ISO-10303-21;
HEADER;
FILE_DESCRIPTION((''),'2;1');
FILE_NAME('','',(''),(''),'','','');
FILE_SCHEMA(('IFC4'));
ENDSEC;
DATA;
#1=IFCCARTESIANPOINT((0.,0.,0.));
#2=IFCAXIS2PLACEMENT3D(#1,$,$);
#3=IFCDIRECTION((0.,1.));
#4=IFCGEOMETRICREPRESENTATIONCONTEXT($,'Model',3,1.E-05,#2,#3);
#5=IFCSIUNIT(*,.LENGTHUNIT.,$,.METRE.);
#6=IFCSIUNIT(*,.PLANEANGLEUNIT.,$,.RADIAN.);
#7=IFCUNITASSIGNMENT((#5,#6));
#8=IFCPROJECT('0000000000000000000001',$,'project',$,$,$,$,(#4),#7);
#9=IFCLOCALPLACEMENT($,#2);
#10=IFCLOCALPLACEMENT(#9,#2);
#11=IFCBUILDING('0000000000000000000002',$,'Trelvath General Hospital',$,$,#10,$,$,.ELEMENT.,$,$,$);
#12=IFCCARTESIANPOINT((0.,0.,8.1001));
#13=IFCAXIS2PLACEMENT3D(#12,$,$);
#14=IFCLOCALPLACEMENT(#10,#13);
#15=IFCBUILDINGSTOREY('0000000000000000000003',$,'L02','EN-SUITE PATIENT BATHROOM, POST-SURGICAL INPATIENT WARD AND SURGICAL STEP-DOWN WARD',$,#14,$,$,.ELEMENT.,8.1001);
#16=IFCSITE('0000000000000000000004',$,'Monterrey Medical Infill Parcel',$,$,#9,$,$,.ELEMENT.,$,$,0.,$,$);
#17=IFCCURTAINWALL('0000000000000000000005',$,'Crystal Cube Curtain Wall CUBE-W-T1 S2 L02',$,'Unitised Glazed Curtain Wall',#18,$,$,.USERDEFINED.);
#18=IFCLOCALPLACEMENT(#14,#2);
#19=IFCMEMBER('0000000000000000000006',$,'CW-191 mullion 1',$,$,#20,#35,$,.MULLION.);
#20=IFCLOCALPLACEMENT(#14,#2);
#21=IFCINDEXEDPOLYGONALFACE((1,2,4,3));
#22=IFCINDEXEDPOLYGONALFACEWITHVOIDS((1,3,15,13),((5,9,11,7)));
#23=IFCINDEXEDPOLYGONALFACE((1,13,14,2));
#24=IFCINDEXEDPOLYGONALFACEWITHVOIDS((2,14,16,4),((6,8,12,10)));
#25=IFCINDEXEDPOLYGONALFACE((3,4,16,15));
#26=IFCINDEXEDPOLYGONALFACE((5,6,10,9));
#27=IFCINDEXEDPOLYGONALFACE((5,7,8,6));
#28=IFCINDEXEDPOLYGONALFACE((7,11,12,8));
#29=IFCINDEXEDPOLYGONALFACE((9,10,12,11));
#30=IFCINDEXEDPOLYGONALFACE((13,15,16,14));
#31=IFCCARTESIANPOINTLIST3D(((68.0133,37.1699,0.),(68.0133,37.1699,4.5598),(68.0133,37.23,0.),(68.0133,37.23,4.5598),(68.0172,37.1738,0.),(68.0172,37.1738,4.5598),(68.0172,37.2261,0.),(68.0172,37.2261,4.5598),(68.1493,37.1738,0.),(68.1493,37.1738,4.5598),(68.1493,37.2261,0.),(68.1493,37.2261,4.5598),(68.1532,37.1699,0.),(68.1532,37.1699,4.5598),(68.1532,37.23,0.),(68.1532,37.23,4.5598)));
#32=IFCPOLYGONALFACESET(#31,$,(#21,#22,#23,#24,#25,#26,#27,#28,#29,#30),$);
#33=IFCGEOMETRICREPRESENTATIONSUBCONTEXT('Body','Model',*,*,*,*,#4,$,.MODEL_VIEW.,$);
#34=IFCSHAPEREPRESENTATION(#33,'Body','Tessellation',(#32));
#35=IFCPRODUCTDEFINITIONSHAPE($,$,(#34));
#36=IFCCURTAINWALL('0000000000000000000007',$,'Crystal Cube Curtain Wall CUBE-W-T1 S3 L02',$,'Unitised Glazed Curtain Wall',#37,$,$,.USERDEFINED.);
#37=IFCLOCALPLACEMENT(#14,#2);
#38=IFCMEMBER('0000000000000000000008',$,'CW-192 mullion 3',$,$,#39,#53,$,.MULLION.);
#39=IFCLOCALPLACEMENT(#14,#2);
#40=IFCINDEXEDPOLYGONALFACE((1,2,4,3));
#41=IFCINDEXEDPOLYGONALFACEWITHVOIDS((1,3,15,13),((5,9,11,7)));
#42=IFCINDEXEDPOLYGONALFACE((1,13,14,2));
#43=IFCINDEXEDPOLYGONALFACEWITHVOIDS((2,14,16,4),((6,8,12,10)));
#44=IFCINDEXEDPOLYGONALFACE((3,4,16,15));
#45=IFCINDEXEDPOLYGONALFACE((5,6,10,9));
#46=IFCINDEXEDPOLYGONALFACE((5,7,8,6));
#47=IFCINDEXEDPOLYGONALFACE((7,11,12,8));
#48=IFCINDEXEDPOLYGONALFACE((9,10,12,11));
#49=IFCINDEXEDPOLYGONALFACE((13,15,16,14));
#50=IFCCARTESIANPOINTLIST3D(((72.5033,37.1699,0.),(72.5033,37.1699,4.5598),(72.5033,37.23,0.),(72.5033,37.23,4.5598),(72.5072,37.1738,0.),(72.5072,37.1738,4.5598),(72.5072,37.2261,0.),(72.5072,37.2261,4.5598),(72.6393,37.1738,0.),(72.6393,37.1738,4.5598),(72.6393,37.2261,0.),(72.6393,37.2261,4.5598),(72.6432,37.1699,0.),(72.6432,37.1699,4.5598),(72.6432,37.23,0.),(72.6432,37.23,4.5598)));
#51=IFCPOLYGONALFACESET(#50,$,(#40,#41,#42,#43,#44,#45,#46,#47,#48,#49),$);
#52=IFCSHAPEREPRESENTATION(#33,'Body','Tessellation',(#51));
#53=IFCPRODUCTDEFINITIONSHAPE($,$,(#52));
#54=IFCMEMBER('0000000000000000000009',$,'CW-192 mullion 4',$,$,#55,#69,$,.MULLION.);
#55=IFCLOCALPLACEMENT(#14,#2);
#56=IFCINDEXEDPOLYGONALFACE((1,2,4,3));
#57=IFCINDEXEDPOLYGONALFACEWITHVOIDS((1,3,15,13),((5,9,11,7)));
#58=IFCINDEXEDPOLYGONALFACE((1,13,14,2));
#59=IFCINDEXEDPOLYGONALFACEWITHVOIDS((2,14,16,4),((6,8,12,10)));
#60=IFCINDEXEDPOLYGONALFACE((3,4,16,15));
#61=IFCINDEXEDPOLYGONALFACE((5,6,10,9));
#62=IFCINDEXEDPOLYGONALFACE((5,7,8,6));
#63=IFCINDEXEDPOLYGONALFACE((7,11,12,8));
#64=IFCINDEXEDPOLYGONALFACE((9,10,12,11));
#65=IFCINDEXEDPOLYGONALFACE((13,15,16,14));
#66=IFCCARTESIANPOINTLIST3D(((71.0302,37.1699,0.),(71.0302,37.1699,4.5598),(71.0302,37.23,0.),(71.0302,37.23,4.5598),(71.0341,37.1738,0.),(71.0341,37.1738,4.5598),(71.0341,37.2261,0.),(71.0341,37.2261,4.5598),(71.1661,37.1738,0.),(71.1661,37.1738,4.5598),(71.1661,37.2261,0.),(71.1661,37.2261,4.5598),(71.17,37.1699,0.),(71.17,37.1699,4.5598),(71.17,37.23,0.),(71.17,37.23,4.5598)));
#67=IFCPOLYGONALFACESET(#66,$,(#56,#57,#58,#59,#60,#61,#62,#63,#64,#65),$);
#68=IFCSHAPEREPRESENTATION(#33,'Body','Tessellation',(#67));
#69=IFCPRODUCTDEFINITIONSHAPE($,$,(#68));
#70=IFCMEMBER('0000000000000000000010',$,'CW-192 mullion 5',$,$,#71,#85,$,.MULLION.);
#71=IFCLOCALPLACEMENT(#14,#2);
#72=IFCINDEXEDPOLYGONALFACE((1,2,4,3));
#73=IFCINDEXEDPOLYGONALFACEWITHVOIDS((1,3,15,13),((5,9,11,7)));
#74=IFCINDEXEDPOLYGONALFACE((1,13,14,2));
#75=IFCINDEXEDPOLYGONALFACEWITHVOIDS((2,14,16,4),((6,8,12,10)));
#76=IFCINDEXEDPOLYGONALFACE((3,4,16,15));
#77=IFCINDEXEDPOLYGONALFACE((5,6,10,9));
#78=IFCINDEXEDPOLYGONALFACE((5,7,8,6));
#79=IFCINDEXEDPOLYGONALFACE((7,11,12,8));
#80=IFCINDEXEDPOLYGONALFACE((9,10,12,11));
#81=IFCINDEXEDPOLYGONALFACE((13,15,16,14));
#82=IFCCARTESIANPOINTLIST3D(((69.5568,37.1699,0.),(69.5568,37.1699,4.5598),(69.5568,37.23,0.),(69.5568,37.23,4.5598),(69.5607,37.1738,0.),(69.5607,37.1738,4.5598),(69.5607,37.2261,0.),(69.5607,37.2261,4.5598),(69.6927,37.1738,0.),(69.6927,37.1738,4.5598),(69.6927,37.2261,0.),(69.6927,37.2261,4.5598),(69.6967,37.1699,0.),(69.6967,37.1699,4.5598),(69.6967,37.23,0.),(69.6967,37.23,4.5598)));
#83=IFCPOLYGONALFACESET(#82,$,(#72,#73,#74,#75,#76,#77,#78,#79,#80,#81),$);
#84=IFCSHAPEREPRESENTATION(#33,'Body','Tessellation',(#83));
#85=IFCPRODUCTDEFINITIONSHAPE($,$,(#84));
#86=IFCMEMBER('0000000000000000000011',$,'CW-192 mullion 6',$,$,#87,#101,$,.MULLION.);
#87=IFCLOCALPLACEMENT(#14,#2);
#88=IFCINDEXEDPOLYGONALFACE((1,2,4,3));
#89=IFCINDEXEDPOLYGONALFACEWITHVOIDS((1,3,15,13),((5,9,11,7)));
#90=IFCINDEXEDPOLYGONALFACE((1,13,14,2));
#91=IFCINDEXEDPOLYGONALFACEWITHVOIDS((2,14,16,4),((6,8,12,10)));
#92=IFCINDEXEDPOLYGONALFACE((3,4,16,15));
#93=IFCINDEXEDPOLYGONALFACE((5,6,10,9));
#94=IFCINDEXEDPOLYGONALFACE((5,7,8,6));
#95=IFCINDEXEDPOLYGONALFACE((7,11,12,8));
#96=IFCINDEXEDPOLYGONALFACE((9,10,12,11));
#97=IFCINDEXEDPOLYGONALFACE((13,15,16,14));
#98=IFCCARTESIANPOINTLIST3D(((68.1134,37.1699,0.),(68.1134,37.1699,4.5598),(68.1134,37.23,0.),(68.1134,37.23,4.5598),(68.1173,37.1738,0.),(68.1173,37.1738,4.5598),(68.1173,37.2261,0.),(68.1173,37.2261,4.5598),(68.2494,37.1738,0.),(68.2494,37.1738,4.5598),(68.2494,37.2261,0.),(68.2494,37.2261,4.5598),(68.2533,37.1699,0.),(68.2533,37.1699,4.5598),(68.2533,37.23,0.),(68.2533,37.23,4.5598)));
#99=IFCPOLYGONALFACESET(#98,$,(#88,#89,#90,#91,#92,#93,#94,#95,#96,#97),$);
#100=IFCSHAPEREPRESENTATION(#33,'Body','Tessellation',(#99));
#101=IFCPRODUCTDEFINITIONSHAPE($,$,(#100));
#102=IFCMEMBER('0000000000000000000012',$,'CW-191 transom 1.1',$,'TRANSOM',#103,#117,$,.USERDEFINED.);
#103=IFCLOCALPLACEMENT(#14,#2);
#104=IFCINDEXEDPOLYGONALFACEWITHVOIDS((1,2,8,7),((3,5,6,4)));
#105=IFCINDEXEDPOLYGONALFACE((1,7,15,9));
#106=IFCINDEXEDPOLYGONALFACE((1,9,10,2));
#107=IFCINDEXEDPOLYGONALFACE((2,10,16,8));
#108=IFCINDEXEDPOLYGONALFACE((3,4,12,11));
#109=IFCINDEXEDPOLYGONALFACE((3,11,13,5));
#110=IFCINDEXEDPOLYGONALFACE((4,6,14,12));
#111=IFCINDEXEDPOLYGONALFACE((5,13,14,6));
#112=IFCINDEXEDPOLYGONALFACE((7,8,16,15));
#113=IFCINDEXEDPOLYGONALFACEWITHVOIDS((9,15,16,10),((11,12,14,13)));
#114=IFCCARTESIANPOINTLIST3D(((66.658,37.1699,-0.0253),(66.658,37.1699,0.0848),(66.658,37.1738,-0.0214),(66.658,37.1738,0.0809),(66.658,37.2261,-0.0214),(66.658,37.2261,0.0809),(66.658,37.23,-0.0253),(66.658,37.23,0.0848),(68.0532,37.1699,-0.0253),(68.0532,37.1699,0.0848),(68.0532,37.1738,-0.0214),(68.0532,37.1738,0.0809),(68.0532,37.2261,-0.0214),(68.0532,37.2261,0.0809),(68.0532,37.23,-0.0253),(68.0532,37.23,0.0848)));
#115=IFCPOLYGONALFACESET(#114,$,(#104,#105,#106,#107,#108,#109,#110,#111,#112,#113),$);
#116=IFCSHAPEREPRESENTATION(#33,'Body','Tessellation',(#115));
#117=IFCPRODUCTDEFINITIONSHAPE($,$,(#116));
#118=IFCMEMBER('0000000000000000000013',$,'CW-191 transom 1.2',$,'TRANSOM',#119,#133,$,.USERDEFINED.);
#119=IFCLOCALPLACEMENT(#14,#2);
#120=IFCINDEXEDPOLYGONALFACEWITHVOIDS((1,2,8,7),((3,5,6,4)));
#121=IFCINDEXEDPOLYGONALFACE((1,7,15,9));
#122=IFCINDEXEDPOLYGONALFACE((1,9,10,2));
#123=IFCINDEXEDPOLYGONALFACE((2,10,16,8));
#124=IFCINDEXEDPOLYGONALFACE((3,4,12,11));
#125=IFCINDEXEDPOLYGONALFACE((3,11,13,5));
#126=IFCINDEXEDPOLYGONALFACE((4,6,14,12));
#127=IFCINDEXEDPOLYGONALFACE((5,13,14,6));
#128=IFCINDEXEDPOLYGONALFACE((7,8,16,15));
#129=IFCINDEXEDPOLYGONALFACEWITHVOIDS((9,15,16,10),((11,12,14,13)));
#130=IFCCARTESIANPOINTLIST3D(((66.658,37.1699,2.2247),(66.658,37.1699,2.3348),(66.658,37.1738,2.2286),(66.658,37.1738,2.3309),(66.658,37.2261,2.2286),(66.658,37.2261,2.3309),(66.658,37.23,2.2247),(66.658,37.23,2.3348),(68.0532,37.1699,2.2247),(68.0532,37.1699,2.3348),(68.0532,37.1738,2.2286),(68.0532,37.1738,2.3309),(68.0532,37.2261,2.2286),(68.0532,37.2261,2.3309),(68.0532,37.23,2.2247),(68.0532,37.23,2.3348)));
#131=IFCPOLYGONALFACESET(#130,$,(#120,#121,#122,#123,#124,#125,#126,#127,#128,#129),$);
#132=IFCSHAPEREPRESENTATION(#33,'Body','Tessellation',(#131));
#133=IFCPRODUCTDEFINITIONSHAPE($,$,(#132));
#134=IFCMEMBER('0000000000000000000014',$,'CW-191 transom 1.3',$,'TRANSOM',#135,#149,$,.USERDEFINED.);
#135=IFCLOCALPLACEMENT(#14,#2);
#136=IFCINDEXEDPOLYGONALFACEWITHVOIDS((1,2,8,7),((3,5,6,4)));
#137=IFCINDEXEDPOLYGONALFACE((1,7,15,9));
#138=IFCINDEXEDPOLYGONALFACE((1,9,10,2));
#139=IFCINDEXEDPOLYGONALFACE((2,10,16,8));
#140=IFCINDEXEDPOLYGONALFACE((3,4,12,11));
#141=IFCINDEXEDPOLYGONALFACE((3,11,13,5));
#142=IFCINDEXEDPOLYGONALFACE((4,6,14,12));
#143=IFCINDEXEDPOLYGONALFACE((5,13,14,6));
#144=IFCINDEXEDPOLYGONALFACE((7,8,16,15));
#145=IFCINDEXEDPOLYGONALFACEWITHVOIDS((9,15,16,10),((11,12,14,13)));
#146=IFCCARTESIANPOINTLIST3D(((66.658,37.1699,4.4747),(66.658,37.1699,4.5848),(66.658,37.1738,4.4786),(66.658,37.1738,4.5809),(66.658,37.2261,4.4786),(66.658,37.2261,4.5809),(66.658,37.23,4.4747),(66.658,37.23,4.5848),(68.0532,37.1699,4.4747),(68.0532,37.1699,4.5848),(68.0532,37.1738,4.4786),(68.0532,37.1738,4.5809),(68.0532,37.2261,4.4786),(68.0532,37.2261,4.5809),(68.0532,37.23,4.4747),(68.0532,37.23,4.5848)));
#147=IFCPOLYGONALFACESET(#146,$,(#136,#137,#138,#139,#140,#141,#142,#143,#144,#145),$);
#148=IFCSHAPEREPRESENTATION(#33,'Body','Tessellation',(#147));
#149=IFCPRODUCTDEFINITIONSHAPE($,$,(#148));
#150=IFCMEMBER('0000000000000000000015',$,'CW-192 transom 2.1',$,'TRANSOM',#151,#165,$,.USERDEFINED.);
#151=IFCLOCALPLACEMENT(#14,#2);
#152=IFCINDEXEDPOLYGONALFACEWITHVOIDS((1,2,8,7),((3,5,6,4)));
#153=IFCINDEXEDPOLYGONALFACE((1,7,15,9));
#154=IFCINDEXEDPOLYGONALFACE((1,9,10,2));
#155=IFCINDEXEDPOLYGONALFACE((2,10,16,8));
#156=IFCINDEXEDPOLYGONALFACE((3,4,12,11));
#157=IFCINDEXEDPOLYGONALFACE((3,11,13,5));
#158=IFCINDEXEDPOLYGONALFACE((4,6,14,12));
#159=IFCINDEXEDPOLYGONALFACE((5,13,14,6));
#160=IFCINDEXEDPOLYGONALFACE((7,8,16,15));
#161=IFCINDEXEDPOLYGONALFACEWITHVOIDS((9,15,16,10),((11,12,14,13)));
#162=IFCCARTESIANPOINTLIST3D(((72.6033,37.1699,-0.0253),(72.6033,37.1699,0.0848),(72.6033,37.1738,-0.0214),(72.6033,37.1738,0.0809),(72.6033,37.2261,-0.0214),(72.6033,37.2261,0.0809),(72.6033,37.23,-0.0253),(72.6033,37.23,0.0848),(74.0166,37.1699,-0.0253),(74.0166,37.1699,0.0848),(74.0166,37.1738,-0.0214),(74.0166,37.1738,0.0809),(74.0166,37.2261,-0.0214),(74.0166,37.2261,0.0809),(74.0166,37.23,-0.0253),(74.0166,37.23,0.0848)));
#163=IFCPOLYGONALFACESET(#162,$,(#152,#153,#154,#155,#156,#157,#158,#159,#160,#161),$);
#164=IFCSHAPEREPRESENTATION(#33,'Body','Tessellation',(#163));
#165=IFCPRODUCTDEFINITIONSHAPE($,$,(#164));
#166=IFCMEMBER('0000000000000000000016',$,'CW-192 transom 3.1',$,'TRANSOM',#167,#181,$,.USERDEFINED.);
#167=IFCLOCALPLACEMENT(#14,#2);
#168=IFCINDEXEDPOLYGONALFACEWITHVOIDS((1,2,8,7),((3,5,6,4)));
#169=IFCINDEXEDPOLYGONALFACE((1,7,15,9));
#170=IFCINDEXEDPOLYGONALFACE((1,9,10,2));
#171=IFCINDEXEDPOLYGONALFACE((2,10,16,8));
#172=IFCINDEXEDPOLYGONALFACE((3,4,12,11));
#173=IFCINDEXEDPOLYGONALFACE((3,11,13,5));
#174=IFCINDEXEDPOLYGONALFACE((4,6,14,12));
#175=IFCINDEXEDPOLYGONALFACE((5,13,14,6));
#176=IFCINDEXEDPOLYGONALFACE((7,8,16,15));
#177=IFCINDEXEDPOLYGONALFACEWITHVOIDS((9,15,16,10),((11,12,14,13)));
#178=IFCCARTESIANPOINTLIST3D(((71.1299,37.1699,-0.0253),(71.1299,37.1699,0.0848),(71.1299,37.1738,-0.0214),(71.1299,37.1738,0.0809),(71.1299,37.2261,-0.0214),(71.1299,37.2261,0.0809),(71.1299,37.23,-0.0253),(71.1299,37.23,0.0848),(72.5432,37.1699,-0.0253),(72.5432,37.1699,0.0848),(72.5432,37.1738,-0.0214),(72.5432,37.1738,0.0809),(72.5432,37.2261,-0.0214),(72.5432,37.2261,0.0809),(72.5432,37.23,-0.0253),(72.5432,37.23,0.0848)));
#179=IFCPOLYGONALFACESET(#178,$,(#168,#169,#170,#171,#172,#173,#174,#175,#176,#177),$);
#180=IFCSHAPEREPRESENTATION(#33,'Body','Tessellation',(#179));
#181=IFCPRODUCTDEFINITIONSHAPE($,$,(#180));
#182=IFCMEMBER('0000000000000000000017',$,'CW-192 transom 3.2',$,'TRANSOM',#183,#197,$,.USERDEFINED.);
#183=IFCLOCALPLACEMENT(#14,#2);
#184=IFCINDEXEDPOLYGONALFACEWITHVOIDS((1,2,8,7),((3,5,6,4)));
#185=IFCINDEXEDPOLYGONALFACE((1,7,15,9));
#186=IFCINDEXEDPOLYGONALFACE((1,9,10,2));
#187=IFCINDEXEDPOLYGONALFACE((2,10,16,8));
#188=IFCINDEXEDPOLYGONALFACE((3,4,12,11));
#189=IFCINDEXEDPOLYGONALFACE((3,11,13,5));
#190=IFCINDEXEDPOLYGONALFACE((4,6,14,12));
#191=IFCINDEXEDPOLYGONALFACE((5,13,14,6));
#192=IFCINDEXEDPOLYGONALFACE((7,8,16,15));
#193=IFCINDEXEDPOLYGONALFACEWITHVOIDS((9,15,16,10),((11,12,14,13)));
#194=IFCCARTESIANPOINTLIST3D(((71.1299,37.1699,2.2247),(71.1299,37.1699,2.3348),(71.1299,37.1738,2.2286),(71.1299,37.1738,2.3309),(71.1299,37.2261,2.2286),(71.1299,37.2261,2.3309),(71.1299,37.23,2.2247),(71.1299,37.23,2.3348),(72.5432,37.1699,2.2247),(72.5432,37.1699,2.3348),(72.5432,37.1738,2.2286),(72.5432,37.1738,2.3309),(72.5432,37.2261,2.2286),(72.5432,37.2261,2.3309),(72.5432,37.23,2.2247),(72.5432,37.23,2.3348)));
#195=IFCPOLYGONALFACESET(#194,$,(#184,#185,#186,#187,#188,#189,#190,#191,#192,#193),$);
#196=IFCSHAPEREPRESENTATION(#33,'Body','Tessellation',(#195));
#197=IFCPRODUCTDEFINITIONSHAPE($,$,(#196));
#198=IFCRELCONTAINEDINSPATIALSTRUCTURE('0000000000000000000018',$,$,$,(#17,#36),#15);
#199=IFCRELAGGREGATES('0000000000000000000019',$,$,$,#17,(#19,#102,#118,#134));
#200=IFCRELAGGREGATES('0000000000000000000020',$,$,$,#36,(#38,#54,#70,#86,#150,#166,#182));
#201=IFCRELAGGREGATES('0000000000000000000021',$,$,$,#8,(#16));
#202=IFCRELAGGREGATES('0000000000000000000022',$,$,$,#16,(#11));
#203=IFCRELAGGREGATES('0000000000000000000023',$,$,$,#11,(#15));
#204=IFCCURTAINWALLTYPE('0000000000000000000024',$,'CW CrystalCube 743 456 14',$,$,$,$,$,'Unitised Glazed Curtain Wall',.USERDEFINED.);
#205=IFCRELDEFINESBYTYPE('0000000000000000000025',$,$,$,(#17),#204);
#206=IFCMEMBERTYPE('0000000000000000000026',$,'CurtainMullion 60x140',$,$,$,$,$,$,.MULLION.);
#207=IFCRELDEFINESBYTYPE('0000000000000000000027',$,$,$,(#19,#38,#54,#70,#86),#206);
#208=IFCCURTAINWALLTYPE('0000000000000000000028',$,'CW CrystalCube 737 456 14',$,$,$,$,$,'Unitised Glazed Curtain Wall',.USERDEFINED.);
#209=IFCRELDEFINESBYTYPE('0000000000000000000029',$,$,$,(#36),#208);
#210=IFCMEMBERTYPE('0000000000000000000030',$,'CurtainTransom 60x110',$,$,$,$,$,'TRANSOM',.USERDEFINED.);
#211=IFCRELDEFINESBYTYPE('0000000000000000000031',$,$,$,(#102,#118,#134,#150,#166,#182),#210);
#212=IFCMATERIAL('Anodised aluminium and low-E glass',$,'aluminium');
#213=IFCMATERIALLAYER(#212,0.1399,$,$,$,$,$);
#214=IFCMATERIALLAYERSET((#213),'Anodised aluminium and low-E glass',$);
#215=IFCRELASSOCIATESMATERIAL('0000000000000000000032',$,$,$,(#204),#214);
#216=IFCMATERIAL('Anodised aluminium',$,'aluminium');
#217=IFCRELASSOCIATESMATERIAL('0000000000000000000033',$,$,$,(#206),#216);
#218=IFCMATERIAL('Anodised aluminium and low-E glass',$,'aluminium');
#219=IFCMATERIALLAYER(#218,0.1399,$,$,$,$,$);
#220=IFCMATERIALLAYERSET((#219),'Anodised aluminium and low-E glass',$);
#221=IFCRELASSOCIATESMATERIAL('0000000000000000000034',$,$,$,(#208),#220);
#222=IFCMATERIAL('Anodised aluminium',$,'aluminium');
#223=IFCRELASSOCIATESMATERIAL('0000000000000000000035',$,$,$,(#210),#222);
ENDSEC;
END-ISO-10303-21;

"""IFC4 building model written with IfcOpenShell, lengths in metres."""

from ifc_helpers import new_model, si_unit, direction, frame, origin, origin_2d, place, context, subcontext, project, spatial, hollow_rectangle, extrude, material, layer, layer_set, material_profile, profile_set, type_object, element, aggregate, save


model = new_model("IFC4")

# Units and contexts
model_context = context("Model", 3, precision=1e-05, world=origin(), true_north=direction((0.0, 1.0)))
body_context = subcontext(model_context, "Body", "Model", "MODEL_VIEW")
ifc_project = project(units=[si_unit("LENGTHUNIT", "METRE"), si_unit("PLANEANGLEUNIT", "RADIAN")], contexts=[model_context])

# Site, building, storey
site_placement = place(None, origin())
site = spatial("IfcSite", under=ifc_project, at=site_placement, Name="Monterrey Medical Infill Parcel", CompositionType="ELEMENT", RefElevation=0.0)
building_placement = place(site_placement, origin())
building = spatial("IfcBuilding", under=site, at=building_placement, Name="Trelvath General Hospital", CompositionType="ELEMENT")
storey_placement = place(building_placement, frame((0.0, 0.0, 8.1001)))
storey = spatial("IfcBuildingStorey", under=building, at=storey_placement, Name="L02", Description="EN-SUITE PATIENT BATHROOM, POST-SURGICAL INPATIENT WARD AND SURGICAL STEP-DOWN WARD", CompositionType="ELEMENT", Elevation=8.1001)

# Curtain wall, member
ifc_material_1 = material(Name="Anodised aluminium and low-E glass", Category="aluminium")
ifc_layer_1 = layer(ifc_material_1, 0.1399)
ifc_layer_set_1 = layer_set([ifc_layer_1], Name="Anodised aluminium and low-E glass")
curtain_wall_type_1 = type_object("IfcCurtainWallType", Name="CW CrystalCube 743 456 14", ElementType="Unitised Glazed Curtain Wall", PredefinedType="USERDEFINED", material=ifc_layer_set_1)
curtain_wall_1_placement = place(storey_placement, origin())
curtain_wall_1 = element("IfcCurtainWall", 1, at=curtain_wall_1_placement, inside=storey, type_object=curtain_wall_type_1, Name="Crystal Cube Curtain Wall CUBE-W-T1 S2 L02", ObjectType="Unitised Glazed Curtain Wall", PredefinedType="USERDEFINED")
ifc_material_2 = material(Name="Anodised aluminium", Category="aluminium")
ifc_material_profile_1 = material_profile(ifc_material_2, hollow_rectangle(XDim=0.0601, YDim=0.1399, WallThickness=0.0039, at=origin_2d()), Name="RHS60x140x4")
ifc_profile_set_1 = profile_set([ifc_material_profile_1], Name="Anodised aluminium")
member_type_1 = type_object("IfcMemberType", Name="CurtainMullion 60x140", PredefinedType="MULLION", material=ifc_profile_set_1)
member_1_placement = place(storey_placement, frame((68.0833, 37.2, 0.0), z_axis=(0.0, 0.0, 1.0), x_axis=(0.0, -1.0, 0.0)))
member_1 = element("IfcMember", 2, at=member_1_placement, type_object=member_type_1, Name="CW-191 mullion 1", PredefinedType="MULLION", context=body_context, shape_type="SweptSolid", body=[
    extrude(hollow_rectangle(XDim=0.0601, YDim=0.1399, WallThickness=0.0039, at=origin_2d()), origin(), (0.0, 0.0, 1.0), 4.5598),
])

# Curtain wall, members
ifc_material_3 = material(Name="Anodised aluminium and low-E glass", Category="aluminium")
ifc_layer_2 = layer(ifc_material_3, 0.1399)
ifc_layer_set_2 = layer_set([ifc_layer_2], Name="Anodised aluminium and low-E glass")
curtain_wall_type_2 = type_object("IfcCurtainWallType", Name="CW CrystalCube 737 456 14", ElementType="Unitised Glazed Curtain Wall", PredefinedType="USERDEFINED", material=ifc_layer_set_2)
curtain_wall_2_placement = place(storey_placement, origin())
curtain_wall_2 = element("IfcCurtainWall", 3, at=curtain_wall_2_placement, inside=storey, type_object=curtain_wall_type_2, Name="Crystal Cube Curtain Wall CUBE-W-T1 S3 L02", ObjectType="Unitised Glazed Curtain Wall", PredefinedType="USERDEFINED")
member_2_placement = place(storey_placement, frame((72.5732, 37.2, 0.0), z_axis=(0.0, 0.0, 1.0), x_axis=(0.0, -1.0, 0.0)))
member_2 = element("IfcMember", 4, at=member_2_placement, type_object=member_type_1, Name="CW-192 mullion 3", PredefinedType="MULLION", context=body_context, shape_type="SweptSolid", body=[
    extrude(hollow_rectangle(XDim=0.0601, YDim=0.1399, WallThickness=0.0039, at=origin_2d()), origin(), (0.0, 0.0, 1.0), 4.5598),
])
member_3_placement = place(storey_placement, frame((71.1001, 37.2, 0.0), z_axis=(0.0, 0.0, 1.0), x_axis=(0.0, -1.0, 0.0)))
member_3 = element("IfcMember", 5, at=member_3_placement, type_object=member_type_1, Name="CW-192 mullion 4", PredefinedType="MULLION", context=body_context, shape_type="SweptSolid", body=[
    extrude(hollow_rectangle(XDim=0.0601, YDim=0.1399, WallThickness=0.0039, at=origin_2d()), origin(), (0.0, 0.0, 1.0), 4.5598),
])
member_4_placement = place(storey_placement, frame((69.6267, 37.2, 0.0), z_axis=(0.0, 0.0, 1.0), x_axis=(0.0, -1.0, 0.0)))
member_4 = element("IfcMember", 6, at=member_4_placement, type_object=member_type_1, Name="CW-192 mullion 5", PredefinedType="MULLION", context=body_context, shape_type="SweptSolid", body=[
    extrude(hollow_rectangle(XDim=0.0601, YDim=0.1399, WallThickness=0.0039, at=origin_2d()), origin(), (0.0, 0.0, 1.0), 4.5598),
])
member_5_placement = place(storey_placement, frame((68.1833, 37.2, 0.0), z_axis=(0.0, 0.0, 1.0), x_axis=(0.0, -1.0, 0.0)))
member_5 = element("IfcMember", 7, at=member_5_placement, type_object=member_type_1, Name="CW-192 mullion 6", PredefinedType="MULLION", context=body_context, shape_type="SweptSolid", body=[
    extrude(hollow_rectangle(XDim=0.0601, YDim=0.1399, WallThickness=0.0039, at=origin_2d()), origin(), (0.0, 0.0, 1.0), 4.5598),
])

# Members
ifc_material_4 = material(Name="Anodised aluminium", Category="aluminium")
ifc_material_profile_2 = material_profile(ifc_material_4, hollow_rectangle(XDim=0.0601, YDim=0.1101, WallThickness=0.0039, at=origin_2d()), Name="RHS60x110x4")
ifc_profile_set_2 = profile_set([ifc_material_profile_2], Name="Anodised aluminium")
member_type_2 = type_object("IfcMemberType", Name="CurtainTransom 60x110", ElementType="TRANSOM", PredefinedType="USERDEFINED", material=ifc_profile_set_2)
member_6_placement = place(storey_placement, frame((68.0532, 37.2, 0.0298), z_axis=(-1.0, 0.0, 0.0), x_axis=(0.0, -1.0, 0.0)))
member_6 = element("IfcMember", 8, at=member_6_placement, type_object=member_type_2, Name="CW-191 transom 1.1", ObjectType="TRANSOM", PredefinedType="USERDEFINED", context=body_context, shape_type="SweptSolid", body=[
    extrude(hollow_rectangle(XDim=0.0601, YDim=0.1101, WallThickness=0.0039, at=origin_2d()), origin(), (0.0, 0.0, 1.0), 1.3953),
])
member_7_placement = place(storey_placement, frame((68.0532, 37.2, 2.2798), z_axis=(-1.0, 0.0, 0.0), x_axis=(0.0, -1.0, 0.0)))
member_7 = element("IfcMember", 9, at=member_7_placement, type_object=member_type_2, Name="CW-191 transom 1.2", ObjectType="TRANSOM", PredefinedType="USERDEFINED", context=body_context, shape_type="SweptSolid", body=[
    extrude(hollow_rectangle(XDim=0.0601, YDim=0.1101, WallThickness=0.0039, at=origin_2d()), origin(), (0.0, 0.0, 1.0), 1.3953),
])
member_8_placement = place(storey_placement, frame((68.0532, 37.2, 4.5298), z_axis=(-1.0, 0.0, 0.0), x_axis=(0.0, -1.0, 0.0)))
member_8 = element("IfcMember", 10, at=member_8_placement, type_object=member_type_2, Name="CW-191 transom 1.3", ObjectType="TRANSOM", PredefinedType="USERDEFINED", context=body_context, shape_type="SweptSolid", body=[
    extrude(hollow_rectangle(XDim=0.0601, YDim=0.1101, WallThickness=0.0039, at=origin_2d()), origin(), (0.0, 0.0, 1.0), 1.3953),
])
aggregate(curtain_wall_1, [member_1, member_6, member_7, member_8])
member_9_placement = place(storey_placement, frame((74.0166, 37.2, 0.0298), z_axis=(-1.0, 0.0, 0.0), x_axis=(0.0, -1.0, 0.0)))
member_9 = element("IfcMember", 11, at=member_9_placement, type_object=member_type_2, Name="CW-192 transom 2.1", ObjectType="TRANSOM", PredefinedType="USERDEFINED", context=body_context, shape_type="SweptSolid", body=[
    extrude(hollow_rectangle(XDim=0.0601, YDim=0.1101, WallThickness=0.0039, at=origin_2d()), origin(), (0.0, 0.0, 1.0), 1.4133),
])
member_10_placement = place(storey_placement, frame((72.5432, 37.2, 0.0298), z_axis=(-1.0, 0.0, 0.0), x_axis=(0.0, -1.0, 0.0)))
member_10 = element("IfcMember", 12, at=member_10_placement, type_object=member_type_2, Name="CW-192 transom 3.1", ObjectType="TRANSOM", PredefinedType="USERDEFINED", context=body_context, shape_type="SweptSolid", body=[
    extrude(hollow_rectangle(XDim=0.0601, YDim=0.1101, WallThickness=0.0039, at=origin_2d()), origin(), (0.0, 0.0, 1.0), 1.4133),
])
member_11_placement = place(storey_placement, frame((72.5432, 37.2, 2.2798), z_axis=(-1.0, 0.0, 0.0), x_axis=(0.0, -1.0, 0.0)))
member_11 = element("IfcMember", 13, at=member_11_placement, type_object=member_type_2, Name="CW-192 transom 3.2", ObjectType="TRANSOM", PredefinedType="USERDEFINED", context=body_context, shape_type="SweptSolid", body=[
    extrude(hollow_rectangle(XDim=0.0601, YDim=0.1101, WallThickness=0.0039, at=origin_2d()), origin(), (0.0, 0.0, 1.0), 1.4133),
])

aggregate(curtain_wall_2, [member_2, member_3, member_4, member_5, member_9, member_10, member_11])

save(model, "model.ifc")
